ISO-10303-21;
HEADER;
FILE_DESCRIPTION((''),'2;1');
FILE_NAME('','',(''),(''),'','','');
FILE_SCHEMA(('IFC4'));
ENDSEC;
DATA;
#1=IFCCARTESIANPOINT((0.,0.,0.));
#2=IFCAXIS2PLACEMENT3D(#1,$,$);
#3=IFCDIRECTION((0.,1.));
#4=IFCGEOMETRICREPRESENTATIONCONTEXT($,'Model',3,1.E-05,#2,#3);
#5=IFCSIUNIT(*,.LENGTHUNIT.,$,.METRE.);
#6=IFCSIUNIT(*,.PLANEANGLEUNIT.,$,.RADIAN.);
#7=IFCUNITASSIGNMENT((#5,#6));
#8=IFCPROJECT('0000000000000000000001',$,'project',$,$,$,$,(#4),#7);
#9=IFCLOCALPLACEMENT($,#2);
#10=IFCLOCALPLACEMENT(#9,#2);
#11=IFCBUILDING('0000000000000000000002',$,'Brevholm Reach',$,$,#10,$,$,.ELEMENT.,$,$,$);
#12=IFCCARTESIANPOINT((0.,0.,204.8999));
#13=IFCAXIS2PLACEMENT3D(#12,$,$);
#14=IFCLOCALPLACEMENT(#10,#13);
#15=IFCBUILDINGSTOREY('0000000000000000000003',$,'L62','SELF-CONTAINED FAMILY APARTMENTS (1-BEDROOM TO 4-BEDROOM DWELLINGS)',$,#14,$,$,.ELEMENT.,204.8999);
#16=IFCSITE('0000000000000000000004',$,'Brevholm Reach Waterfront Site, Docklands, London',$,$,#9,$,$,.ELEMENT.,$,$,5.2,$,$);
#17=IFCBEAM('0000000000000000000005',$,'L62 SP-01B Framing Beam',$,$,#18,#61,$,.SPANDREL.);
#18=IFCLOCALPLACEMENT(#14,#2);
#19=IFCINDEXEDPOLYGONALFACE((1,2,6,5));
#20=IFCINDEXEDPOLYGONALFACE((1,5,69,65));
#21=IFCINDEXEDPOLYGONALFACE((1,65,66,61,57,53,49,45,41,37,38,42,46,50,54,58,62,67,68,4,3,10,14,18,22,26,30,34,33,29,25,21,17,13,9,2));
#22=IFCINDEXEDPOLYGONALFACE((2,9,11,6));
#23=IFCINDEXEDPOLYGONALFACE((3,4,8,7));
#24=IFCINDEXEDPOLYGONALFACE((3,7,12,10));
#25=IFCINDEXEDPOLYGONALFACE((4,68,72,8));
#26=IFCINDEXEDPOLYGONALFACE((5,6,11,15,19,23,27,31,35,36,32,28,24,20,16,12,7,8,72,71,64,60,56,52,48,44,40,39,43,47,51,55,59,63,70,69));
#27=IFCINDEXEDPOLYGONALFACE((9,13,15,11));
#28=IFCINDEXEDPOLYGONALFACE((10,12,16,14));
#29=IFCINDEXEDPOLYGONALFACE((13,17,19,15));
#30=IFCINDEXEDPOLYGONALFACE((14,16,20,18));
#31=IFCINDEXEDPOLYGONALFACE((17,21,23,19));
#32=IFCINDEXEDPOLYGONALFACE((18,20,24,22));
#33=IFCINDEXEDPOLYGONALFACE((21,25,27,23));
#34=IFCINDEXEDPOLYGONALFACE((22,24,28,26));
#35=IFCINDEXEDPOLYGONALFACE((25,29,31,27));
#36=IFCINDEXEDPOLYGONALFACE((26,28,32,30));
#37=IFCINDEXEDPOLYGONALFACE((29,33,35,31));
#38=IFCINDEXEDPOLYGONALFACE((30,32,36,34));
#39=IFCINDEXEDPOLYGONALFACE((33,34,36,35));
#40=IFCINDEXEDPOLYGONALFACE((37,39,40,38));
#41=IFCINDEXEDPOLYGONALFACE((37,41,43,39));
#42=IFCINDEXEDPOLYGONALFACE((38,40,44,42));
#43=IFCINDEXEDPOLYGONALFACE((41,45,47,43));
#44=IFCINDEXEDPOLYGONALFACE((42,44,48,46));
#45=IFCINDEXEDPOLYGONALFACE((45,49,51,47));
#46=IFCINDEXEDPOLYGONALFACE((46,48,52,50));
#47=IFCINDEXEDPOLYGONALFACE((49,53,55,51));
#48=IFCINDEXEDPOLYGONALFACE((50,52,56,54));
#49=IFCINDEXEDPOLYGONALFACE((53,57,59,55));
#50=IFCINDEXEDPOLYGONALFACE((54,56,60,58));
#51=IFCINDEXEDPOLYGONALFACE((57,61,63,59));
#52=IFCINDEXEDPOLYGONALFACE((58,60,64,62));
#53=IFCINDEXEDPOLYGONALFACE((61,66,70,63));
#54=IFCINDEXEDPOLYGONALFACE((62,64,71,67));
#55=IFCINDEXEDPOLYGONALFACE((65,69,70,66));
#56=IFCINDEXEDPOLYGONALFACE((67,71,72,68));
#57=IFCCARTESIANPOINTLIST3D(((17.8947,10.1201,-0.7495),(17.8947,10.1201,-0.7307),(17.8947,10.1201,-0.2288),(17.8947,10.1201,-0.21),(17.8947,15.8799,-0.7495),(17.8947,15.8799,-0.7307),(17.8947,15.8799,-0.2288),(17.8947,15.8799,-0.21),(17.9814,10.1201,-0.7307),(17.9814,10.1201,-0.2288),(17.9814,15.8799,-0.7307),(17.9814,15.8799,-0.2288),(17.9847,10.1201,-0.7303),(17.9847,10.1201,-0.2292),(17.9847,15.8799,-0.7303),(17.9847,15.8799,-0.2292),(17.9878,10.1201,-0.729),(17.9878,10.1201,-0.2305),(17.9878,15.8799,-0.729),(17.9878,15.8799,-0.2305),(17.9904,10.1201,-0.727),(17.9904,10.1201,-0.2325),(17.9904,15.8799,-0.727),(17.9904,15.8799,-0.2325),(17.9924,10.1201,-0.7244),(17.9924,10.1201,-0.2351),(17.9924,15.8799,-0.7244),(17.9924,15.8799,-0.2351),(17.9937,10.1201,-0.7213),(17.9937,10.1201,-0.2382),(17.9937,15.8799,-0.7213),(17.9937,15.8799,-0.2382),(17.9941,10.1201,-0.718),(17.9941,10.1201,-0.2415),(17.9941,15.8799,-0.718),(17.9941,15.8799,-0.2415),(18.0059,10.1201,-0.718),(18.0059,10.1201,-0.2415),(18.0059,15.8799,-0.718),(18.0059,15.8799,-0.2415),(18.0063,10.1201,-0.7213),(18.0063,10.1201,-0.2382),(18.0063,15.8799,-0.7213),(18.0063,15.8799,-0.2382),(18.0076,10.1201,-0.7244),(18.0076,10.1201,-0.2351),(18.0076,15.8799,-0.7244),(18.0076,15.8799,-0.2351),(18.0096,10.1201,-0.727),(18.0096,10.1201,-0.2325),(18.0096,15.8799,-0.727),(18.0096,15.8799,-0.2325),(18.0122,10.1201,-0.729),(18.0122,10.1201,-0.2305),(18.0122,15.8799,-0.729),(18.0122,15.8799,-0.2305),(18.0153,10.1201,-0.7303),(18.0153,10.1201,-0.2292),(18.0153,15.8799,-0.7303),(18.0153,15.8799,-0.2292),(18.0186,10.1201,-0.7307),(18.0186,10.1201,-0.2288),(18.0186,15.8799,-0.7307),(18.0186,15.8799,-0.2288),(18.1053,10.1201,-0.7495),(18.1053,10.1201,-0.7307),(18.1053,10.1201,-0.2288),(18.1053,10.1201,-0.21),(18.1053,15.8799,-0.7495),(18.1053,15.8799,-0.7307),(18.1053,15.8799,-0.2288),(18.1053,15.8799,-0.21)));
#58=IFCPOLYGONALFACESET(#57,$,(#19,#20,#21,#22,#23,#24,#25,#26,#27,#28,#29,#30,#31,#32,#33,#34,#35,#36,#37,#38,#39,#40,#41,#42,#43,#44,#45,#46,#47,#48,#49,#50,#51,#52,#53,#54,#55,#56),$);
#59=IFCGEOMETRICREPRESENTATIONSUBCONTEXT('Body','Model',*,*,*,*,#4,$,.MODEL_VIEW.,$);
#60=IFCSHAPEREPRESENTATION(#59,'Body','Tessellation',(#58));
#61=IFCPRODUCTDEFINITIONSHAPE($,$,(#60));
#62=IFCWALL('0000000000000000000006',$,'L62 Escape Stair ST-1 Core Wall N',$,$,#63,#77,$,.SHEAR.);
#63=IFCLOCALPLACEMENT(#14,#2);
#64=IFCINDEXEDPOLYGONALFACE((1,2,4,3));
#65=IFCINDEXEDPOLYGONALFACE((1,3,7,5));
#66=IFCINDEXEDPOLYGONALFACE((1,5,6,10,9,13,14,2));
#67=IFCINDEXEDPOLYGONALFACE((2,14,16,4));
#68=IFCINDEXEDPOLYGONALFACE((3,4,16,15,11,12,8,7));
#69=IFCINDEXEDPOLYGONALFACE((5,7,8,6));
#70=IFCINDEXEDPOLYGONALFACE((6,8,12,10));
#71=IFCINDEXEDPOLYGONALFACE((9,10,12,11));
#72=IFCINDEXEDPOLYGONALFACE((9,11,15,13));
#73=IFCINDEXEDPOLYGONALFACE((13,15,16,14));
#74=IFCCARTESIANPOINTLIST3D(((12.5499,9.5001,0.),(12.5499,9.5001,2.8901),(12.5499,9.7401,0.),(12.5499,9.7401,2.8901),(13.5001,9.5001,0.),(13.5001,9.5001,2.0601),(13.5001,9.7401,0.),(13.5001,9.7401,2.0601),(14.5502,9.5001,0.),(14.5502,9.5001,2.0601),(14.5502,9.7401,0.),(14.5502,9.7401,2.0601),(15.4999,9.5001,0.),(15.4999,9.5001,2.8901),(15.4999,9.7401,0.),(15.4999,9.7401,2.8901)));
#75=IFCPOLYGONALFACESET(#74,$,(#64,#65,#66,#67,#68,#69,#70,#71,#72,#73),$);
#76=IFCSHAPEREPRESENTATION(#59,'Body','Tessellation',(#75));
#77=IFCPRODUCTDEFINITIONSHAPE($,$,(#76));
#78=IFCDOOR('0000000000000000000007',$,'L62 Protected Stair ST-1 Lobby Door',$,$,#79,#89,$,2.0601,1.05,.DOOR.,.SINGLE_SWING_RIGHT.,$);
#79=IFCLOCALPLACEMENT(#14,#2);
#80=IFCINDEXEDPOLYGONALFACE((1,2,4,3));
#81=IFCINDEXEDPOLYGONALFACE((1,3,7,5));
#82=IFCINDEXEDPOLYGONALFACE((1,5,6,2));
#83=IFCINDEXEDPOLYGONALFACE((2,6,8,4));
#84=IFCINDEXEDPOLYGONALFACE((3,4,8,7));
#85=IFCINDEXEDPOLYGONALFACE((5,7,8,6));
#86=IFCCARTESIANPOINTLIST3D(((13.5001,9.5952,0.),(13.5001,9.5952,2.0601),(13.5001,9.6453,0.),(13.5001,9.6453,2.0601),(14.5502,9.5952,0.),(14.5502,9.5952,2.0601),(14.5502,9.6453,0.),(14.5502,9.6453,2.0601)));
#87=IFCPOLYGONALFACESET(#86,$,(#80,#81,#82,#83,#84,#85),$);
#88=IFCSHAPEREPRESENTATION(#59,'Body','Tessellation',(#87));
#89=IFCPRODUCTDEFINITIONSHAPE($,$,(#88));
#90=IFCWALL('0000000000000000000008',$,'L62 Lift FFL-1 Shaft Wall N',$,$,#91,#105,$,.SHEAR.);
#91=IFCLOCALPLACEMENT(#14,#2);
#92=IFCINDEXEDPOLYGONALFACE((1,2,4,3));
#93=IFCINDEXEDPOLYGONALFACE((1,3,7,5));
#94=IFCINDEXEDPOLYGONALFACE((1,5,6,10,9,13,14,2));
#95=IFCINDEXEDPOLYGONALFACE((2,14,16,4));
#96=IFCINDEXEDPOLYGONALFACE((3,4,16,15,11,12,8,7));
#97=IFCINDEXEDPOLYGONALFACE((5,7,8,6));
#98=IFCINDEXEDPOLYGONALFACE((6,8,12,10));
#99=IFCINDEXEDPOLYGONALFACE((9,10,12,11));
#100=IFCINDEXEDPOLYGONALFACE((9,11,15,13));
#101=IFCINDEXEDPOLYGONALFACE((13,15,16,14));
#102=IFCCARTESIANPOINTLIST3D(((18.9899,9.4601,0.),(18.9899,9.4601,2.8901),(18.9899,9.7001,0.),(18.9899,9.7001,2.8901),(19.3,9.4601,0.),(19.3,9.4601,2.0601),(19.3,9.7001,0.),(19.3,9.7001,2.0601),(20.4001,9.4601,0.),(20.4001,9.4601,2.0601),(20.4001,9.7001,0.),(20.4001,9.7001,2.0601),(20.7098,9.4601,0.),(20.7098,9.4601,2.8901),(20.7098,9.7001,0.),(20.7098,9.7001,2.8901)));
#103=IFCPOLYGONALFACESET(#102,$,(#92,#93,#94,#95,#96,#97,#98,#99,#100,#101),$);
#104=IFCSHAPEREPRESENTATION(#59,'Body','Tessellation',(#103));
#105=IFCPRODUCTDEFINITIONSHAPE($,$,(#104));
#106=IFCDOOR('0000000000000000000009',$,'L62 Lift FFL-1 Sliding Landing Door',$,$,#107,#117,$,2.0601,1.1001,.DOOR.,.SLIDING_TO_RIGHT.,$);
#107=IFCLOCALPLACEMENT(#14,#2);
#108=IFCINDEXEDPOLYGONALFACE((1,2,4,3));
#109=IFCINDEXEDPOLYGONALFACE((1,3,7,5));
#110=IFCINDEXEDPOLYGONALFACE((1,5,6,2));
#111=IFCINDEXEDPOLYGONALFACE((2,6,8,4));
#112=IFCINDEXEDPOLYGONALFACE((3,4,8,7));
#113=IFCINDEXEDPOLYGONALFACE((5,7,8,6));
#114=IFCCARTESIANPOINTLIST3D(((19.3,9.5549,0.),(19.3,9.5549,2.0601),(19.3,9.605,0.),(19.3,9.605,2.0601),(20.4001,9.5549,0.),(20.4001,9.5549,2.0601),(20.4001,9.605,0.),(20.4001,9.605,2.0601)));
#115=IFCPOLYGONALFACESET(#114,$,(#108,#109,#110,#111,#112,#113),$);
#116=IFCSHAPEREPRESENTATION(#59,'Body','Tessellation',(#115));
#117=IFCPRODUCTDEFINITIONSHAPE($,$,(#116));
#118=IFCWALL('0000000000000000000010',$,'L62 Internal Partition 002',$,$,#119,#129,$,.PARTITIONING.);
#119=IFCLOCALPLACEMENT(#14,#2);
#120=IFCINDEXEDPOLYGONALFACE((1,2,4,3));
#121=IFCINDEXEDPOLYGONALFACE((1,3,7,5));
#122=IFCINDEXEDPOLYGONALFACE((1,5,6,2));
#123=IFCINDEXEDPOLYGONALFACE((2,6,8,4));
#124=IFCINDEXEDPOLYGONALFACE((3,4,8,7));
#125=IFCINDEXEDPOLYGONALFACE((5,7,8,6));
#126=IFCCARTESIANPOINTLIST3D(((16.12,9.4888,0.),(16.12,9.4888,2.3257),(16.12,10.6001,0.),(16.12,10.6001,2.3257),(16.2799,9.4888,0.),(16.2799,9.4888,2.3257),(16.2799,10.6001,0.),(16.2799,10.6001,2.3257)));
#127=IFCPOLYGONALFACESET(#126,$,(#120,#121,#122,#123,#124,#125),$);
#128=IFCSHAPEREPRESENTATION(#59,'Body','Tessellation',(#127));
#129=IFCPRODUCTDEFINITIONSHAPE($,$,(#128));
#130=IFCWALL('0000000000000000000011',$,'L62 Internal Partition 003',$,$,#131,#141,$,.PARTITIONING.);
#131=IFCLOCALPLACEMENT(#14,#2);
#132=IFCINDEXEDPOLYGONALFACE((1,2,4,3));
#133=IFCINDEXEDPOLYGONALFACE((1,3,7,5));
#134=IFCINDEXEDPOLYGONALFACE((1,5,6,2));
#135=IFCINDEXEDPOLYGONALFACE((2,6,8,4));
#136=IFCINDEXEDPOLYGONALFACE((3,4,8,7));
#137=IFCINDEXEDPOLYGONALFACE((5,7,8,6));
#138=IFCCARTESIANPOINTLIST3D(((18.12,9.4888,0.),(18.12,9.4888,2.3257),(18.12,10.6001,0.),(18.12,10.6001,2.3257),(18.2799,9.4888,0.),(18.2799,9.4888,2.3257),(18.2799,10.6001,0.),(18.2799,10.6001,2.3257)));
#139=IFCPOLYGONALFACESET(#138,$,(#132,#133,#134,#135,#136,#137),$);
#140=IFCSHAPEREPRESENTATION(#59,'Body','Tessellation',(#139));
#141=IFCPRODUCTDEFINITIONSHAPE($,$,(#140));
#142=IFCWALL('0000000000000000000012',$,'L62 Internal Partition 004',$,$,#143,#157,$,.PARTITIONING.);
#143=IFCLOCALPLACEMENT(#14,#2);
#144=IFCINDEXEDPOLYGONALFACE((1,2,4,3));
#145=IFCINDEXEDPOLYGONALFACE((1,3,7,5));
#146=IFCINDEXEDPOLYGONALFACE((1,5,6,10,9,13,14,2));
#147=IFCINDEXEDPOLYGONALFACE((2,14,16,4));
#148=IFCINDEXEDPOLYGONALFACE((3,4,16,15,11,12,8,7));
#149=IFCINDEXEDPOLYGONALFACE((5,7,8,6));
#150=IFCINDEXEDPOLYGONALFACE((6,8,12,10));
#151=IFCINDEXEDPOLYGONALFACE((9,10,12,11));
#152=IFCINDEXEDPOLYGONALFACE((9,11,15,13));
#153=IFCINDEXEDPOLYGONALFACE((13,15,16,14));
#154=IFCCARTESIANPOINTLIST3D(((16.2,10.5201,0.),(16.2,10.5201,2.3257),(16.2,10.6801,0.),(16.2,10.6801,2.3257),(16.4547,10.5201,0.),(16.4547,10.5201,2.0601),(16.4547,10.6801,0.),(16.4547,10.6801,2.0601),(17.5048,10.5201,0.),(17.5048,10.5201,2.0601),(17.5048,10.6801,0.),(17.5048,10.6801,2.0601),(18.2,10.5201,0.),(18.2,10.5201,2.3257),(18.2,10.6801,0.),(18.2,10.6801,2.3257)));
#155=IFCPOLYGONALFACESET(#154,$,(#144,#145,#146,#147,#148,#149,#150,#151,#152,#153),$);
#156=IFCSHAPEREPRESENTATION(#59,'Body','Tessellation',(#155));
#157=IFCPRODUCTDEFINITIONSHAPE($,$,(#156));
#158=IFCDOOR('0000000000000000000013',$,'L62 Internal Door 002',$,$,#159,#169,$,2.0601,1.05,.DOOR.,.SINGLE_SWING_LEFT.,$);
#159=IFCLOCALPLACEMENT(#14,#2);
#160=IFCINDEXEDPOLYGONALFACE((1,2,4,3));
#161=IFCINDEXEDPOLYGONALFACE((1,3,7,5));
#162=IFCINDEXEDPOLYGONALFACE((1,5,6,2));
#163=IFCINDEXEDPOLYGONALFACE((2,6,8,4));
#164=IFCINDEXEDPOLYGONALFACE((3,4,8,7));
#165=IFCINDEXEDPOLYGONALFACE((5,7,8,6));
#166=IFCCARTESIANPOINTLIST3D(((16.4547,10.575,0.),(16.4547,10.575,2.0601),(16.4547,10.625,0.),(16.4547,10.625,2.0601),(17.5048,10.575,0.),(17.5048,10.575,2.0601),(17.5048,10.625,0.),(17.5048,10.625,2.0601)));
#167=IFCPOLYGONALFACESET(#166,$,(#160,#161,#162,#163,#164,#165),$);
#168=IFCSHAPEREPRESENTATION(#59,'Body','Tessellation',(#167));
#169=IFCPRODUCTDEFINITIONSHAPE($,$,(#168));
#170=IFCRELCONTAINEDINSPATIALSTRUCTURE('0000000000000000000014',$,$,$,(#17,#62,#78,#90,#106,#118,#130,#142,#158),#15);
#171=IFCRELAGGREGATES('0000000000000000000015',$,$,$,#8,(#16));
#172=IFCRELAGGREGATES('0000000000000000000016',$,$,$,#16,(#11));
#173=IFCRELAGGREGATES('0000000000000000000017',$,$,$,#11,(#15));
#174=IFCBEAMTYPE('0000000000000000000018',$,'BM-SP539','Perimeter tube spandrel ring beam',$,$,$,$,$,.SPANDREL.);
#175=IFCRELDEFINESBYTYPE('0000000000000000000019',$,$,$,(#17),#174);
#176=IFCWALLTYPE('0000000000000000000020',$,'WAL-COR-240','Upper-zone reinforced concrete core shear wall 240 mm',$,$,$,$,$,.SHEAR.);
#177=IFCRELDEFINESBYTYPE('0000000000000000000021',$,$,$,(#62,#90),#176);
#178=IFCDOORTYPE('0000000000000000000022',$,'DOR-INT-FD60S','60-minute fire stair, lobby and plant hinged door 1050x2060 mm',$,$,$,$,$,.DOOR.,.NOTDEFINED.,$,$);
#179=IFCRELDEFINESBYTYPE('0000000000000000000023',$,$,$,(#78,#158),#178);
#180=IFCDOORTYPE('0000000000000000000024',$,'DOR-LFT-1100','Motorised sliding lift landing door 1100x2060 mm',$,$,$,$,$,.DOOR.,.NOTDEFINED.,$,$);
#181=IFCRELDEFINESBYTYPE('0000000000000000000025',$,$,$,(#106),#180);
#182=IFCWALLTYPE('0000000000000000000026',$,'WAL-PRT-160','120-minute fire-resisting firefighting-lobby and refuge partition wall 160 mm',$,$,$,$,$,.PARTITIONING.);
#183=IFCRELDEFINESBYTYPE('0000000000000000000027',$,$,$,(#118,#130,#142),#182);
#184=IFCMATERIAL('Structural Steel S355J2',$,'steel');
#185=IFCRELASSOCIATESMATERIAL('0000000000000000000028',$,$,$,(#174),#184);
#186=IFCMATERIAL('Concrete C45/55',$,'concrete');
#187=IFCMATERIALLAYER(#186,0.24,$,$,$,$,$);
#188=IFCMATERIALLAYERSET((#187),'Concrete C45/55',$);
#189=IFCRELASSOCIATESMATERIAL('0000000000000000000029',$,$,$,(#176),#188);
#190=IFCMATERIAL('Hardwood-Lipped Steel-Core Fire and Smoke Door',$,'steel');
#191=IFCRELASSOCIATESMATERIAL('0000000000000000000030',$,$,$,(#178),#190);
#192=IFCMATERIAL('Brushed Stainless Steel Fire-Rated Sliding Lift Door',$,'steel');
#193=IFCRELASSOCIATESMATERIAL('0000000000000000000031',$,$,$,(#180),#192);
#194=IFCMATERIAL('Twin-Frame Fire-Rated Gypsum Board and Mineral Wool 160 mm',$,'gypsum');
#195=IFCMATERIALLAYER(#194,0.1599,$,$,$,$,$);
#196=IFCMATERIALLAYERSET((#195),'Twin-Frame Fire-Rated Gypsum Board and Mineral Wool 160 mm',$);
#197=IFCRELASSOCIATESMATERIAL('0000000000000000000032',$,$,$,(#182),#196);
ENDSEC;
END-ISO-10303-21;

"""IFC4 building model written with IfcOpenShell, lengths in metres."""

from ifc_helpers import new_model, si_unit, direction, frame, frame_2d, origin, origin_2d, place, context, subcontext, project, spatial, rectangle, i_section, extrude, material, layer, layer_set, material_profile, profile_set, type_object, element, fill, save


model = new_model("IFC4")

# Units and contexts
model_context = context("Model", 3, precision=1e-05, world=origin(), true_north=direction((0.0, 1.0)))
body_context = subcontext(model_context, "Body", "Model", "MODEL_VIEW")
ifc_project = project(units=[si_unit("LENGTHUNIT", "METRE"), si_unit("PLANEANGLEUNIT", "RADIAN")], contexts=[model_context])

# Site, building, storey
site_placement = place(None, origin())
site = spatial("IfcSite", under=ifc_project, at=site_placement, Name="Brevholm Reach Waterfront Site, Docklands, London", CompositionType="ELEMENT", RefElevation=5.2)
building_placement = place(site_placement, origin())
building = spatial("IfcBuilding", under=site, at=building_placement, Name="Brevholm Reach", CompositionType="ELEMENT")
storey_placement = place(building_placement, frame((0.0, 0.0, 204.8999)))
storey = spatial("IfcBuildingStorey", under=building, at=storey_placement, Name="L62", Description="SELF-CONTAINED FAMILY APARTMENTS (1-BEDROOM TO 4-BEDROOM DWELLINGS)", CompositionType="ELEMENT", Elevation=204.8999)

# Beam
ifc_material_1 = material(Name="Structural Steel S355J2", Category="steel")
ifc_material_profile_1 = material_profile(ifc_material_1, i_section(OverallWidth=0.2107, OverallDepth=0.5396, WebThickness=0.0117, FlangeThickness=0.0188, FilletRadius=0.0127, at=origin_2d()), Name="UKB 533x210x109")
ifc_profile_set_1 = profile_set([ifc_material_profile_1], Name="Structural Steel S355J2")
beam_type_1 = type_object("IfcBeamType", Name="BM-SP539", Description="Perimeter tube spandrel ring beam", PredefinedType="SPANDREL", material=ifc_profile_set_1)
beam_1_placement = place(storey_placement, frame((18.0, 10.1201, -0.4797), z_axis=(0.0, 1.0, 0.0), x_axis=(-1.0, 0.0, 0.0)))
element("IfcBeam", 1, at=beam_1_placement, inside=storey, type_object=beam_type_1, Name="L62 SP-01B Framing Beam", PredefinedType="SPANDREL", context=body_context, shape_type="SweptSolid", body=[
    extrude(i_section(OverallWidth=0.2107, OverallDepth=0.5396, WebThickness=0.0117, FlangeThickness=0.0188, FilletRadius=0.0127, at=origin_2d()), origin(), (0.0, 0.0, 1.0), 5.7598),
])

# Walls, openings, doors
ifc_material_2 = material(Name="Concrete C45/55", Category="concrete")
ifc_layer_1 = layer(ifc_material_2, 0.24)
ifc_layer_set_1 = layer_set([ifc_layer_1], Name="Concrete C45/55")
wall_type_1 = type_object("IfcWallType", Name="WAL-COR-240", Description="Upper-zone reinforced concrete core shear wall 240 mm", PredefinedType="SHEAR", material=ifc_layer_set_1)
wall_1_placement = place(storey_placement, frame((15.5, 9.6201, 0.0), z_axis=(0.0, 0.0, 1.0), x_axis=(-1.0, 0.0, 0.0)))
wall_1 = element("IfcWall", 2, at=wall_1_placement, inside=storey, type_object=wall_type_1, Name="L62 Escape Stair ST-1 Core Wall N", PredefinedType="SHEAR", context=body_context, shape_type="SweptSolid", body=[
    extrude(rectangle(XDim=2.95, YDim=0.24, at=frame_2d((1.4751, 0.0))), origin(), (0.0, 0.0, 1.0), 2.8901),
])
opening_1_placement = place(wall_1_placement, frame((0.95, 0.0, 0.0)))
opening_1 = element("IfcOpeningElement", 3, at=opening_1_placement, cuts=wall_1, PredefinedType="OPENING", context=body_context, shape_type="SweptSolid", body=[
    extrude(rectangle(XDim=1.05, YDim=2.0601, at=frame_2d((0.5249, 1.03))), frame((0.0, 0.1299, 0.0), z_axis=(0.0, -1.0, 0.0), x_axis=(1.0, 0.0, 0.0)), (0.0, 0.0, 1.0), 0.26),
])
ifc_material_3 = material(Name="Hardwood-Lipped Steel-Core Fire and Smoke Door", Category="steel")
door_type_1 = type_object("IfcDoorType", Name="DOR-INT-FD60S", Description="60-minute fire stair, lobby and plant hinged door 1050x2060 mm", OperationType="NOTDEFINED", PredefinedType="DOOR", material=ifc_material_3)
door_1_placement = place(opening_1_placement, origin())
door_1 = element("IfcDoor", 4, at=door_1_placement, inside=storey, type_object=door_type_1, Name="L62 Protected Stair ST-1 Lobby Door", OperationType="SINGLE_SWING_RIGHT", OverallHeight=2.0601, OverallWidth=1.05, PredefinedType="DOOR", context=body_context, shape_type="SweptSolid", body=[
    extrude(rectangle(XDim=1.05, YDim=2.0601, at=frame_2d((0.5249, 1.03))), frame((0.0, 0.0249, 0.0), z_axis=(0.0, -1.0, 0.0), x_axis=(1.0, 0.0, 0.0)), (0.0, 0.0, 1.0), 0.05),
])
fill(opening_1, door_1)
wall_2_placement = place(storey_placement, frame((18.99, 9.5801, 0.0), z_axis=(0.0, 0.0, 1.0), x_axis=(1.0, 0.0, 0.0)))
wall_2 = element("IfcWall", 5, at=wall_2_placement, inside=storey, type_object=wall_type_1, Name="L62 Lift FFL-1 Shaft Wall N", PredefinedType="SHEAR", context=body_context, shape_type="SweptSolid", body=[
    extrude(rectangle(XDim=1.72, YDim=0.24, at=frame_2d((0.8599, 0.0))), origin(), (0.0, 0.0, 1.0), 2.8901),
])
opening_2_placement = place(wall_2_placement, frame((0.3101, 0.0, 0.0)))
opening_2 = element("IfcOpeningElement", 6, at=opening_2_placement, cuts=wall_2, PredefinedType="OPENING", context=body_context, shape_type="SweptSolid", body=[
    extrude(rectangle(XDim=1.1001, YDim=2.0601, at=frame_2d((0.55, 1.03))), frame((0.0, 0.1299, 0.0), z_axis=(0.0, -1.0, 0.0), x_axis=(1.0, 0.0, 0.0)), (0.0, 0.0, 1.0), 0.26),
])
ifc_material_4 = material(Name="Brushed Stainless Steel Fire-Rated Sliding Lift Door", Category="steel")
door_type_2 = type_object("IfcDoorType", Name="DOR-LFT-1100", Description="Motorised sliding lift landing door 1100x2060 mm", OperationType="NOTDEFINED", PredefinedType="DOOR", material=ifc_material_4)
door_2_placement = place(opening_2_placement, origin())
door_2 = element("IfcDoor", 7, at=door_2_placement, inside=storey, type_object=door_type_2, Name="L62 Lift FFL-1 Sliding Landing Door", OperationType="SLIDING_TO_RIGHT", OverallHeight=2.0601, OverallWidth=1.1001, PredefinedType="DOOR", context=body_context, shape_type="SweptSolid", body=[
    extrude(rectangle(XDim=1.1001, YDim=2.0601, at=frame_2d((0.55, 1.03))), frame((0.0, 0.0249, 0.0), z_axis=(0.0, -1.0, 0.0), x_axis=(1.0, 0.0, 0.0)), (0.0, 0.0, 1.0), 0.05),
])
fill(opening_2, door_2)

# Walls
ifc_material_5 = material(Name="Twin-Frame Fire-Rated Gypsum Board and Mineral Wool 160 mm", Category="gypsum")
ifc_layer_2 = layer(ifc_material_5, 0.1599)
ifc_layer_set_2 = layer_set([ifc_layer_2], Name="Twin-Frame Fire-Rated Gypsum Board and Mineral Wool 160 mm")
wall_type_2 = type_object("IfcWallType", Name="WAL-PRT-160", Description="120-minute fire-resisting firefighting-lobby and refuge partition wall 160 mm", PredefinedType="PARTITIONING", material=ifc_layer_set_2)
for number, where, z_axis, x_axis, name in (
    (8, (16.2, 9.4888, 0.0), (0.0, 0.0, 1.0), (0.0, 1.0, 0.0), "L62 Internal Partition 002"),
    (9, (18.2, 9.4888, 0.0), (0.0, 0.0, 1.0), (0.0, 1.0, 0.0), "L62 Internal Partition 003"),
):
    element("IfcWall", number, at=place(storey_placement, frame(where, z_axis=z_axis, x_axis=x_axis)), inside=storey, type_object=wall_type_2, Name=name, PredefinedType="PARTITIONING", context=body_context, shape_type="SweptSolid", body=[
        extrude(rectangle(XDim=1.1113, YDim=0.1599, at=frame_2d((0.5557, 0.0))), origin(), (0.0, 0.0, 1.0), 2.3257),
    ])

# Wall, opening, door
wall_3_placement = place(storey_placement, frame((16.2, 10.6001, 0.0), z_axis=(0.0, 0.0, 1.0), x_axis=(1.0, 0.0, 0.0)))
wall_3 = element("IfcWall", 10, at=wall_3_placement, inside=storey, type_object=wall_type_2, Name="L62 Internal Partition 004", PredefinedType="PARTITIONING", context=body_context, shape_type="SweptSolid", body=[
    extrude(rectangle(XDim=2.0, YDim=0.1599, at=frame_2d((1.0, 0.0))), origin(), (0.0, 0.0, 1.0), 2.3257),
])
opening_3_placement = place(wall_3_placement, frame((0.2549, 0.0, 0.0)))
opening_3 = element("IfcOpeningElement", 11, at=opening_3_placement, cuts=wall_3, PredefinedType="OPENING", context=body_context, shape_type="SweptSolid", body=[
    extrude(rectangle(XDim=1.05, YDim=2.0601, at=frame_2d((0.5249, 1.03))), frame((0.0, 0.0898, 0.0), z_axis=(0.0, -1.0, 0.0), x_axis=(1.0, 0.0, 0.0)), (0.0, 0.0, 1.0), 0.1799),
])
door_3_placement = place(opening_3_placement, origin())
door_3 = element("IfcDoor", 12, at=door_3_placement, inside=storey, type_object=door_type_1, Name="L62 Internal Door 002", OperationType="SINGLE_SWING_LEFT", OverallHeight=2.0601, OverallWidth=1.05, PredefinedType="DOOR", context=body_context, shape_type="SweptSolid", body=[
    extrude(rectangle(XDim=1.05, YDim=2.0601, at=frame_2d((0.5249, 1.03))), frame((0.0, 0.0249, 0.0), z_axis=(0.0, -1.0, 0.0), x_axis=(1.0, 0.0, 0.0)), (0.0, 0.0, 1.0), 0.05),
])
fill(opening_3, door_3)

save(model, "model.ifc")
